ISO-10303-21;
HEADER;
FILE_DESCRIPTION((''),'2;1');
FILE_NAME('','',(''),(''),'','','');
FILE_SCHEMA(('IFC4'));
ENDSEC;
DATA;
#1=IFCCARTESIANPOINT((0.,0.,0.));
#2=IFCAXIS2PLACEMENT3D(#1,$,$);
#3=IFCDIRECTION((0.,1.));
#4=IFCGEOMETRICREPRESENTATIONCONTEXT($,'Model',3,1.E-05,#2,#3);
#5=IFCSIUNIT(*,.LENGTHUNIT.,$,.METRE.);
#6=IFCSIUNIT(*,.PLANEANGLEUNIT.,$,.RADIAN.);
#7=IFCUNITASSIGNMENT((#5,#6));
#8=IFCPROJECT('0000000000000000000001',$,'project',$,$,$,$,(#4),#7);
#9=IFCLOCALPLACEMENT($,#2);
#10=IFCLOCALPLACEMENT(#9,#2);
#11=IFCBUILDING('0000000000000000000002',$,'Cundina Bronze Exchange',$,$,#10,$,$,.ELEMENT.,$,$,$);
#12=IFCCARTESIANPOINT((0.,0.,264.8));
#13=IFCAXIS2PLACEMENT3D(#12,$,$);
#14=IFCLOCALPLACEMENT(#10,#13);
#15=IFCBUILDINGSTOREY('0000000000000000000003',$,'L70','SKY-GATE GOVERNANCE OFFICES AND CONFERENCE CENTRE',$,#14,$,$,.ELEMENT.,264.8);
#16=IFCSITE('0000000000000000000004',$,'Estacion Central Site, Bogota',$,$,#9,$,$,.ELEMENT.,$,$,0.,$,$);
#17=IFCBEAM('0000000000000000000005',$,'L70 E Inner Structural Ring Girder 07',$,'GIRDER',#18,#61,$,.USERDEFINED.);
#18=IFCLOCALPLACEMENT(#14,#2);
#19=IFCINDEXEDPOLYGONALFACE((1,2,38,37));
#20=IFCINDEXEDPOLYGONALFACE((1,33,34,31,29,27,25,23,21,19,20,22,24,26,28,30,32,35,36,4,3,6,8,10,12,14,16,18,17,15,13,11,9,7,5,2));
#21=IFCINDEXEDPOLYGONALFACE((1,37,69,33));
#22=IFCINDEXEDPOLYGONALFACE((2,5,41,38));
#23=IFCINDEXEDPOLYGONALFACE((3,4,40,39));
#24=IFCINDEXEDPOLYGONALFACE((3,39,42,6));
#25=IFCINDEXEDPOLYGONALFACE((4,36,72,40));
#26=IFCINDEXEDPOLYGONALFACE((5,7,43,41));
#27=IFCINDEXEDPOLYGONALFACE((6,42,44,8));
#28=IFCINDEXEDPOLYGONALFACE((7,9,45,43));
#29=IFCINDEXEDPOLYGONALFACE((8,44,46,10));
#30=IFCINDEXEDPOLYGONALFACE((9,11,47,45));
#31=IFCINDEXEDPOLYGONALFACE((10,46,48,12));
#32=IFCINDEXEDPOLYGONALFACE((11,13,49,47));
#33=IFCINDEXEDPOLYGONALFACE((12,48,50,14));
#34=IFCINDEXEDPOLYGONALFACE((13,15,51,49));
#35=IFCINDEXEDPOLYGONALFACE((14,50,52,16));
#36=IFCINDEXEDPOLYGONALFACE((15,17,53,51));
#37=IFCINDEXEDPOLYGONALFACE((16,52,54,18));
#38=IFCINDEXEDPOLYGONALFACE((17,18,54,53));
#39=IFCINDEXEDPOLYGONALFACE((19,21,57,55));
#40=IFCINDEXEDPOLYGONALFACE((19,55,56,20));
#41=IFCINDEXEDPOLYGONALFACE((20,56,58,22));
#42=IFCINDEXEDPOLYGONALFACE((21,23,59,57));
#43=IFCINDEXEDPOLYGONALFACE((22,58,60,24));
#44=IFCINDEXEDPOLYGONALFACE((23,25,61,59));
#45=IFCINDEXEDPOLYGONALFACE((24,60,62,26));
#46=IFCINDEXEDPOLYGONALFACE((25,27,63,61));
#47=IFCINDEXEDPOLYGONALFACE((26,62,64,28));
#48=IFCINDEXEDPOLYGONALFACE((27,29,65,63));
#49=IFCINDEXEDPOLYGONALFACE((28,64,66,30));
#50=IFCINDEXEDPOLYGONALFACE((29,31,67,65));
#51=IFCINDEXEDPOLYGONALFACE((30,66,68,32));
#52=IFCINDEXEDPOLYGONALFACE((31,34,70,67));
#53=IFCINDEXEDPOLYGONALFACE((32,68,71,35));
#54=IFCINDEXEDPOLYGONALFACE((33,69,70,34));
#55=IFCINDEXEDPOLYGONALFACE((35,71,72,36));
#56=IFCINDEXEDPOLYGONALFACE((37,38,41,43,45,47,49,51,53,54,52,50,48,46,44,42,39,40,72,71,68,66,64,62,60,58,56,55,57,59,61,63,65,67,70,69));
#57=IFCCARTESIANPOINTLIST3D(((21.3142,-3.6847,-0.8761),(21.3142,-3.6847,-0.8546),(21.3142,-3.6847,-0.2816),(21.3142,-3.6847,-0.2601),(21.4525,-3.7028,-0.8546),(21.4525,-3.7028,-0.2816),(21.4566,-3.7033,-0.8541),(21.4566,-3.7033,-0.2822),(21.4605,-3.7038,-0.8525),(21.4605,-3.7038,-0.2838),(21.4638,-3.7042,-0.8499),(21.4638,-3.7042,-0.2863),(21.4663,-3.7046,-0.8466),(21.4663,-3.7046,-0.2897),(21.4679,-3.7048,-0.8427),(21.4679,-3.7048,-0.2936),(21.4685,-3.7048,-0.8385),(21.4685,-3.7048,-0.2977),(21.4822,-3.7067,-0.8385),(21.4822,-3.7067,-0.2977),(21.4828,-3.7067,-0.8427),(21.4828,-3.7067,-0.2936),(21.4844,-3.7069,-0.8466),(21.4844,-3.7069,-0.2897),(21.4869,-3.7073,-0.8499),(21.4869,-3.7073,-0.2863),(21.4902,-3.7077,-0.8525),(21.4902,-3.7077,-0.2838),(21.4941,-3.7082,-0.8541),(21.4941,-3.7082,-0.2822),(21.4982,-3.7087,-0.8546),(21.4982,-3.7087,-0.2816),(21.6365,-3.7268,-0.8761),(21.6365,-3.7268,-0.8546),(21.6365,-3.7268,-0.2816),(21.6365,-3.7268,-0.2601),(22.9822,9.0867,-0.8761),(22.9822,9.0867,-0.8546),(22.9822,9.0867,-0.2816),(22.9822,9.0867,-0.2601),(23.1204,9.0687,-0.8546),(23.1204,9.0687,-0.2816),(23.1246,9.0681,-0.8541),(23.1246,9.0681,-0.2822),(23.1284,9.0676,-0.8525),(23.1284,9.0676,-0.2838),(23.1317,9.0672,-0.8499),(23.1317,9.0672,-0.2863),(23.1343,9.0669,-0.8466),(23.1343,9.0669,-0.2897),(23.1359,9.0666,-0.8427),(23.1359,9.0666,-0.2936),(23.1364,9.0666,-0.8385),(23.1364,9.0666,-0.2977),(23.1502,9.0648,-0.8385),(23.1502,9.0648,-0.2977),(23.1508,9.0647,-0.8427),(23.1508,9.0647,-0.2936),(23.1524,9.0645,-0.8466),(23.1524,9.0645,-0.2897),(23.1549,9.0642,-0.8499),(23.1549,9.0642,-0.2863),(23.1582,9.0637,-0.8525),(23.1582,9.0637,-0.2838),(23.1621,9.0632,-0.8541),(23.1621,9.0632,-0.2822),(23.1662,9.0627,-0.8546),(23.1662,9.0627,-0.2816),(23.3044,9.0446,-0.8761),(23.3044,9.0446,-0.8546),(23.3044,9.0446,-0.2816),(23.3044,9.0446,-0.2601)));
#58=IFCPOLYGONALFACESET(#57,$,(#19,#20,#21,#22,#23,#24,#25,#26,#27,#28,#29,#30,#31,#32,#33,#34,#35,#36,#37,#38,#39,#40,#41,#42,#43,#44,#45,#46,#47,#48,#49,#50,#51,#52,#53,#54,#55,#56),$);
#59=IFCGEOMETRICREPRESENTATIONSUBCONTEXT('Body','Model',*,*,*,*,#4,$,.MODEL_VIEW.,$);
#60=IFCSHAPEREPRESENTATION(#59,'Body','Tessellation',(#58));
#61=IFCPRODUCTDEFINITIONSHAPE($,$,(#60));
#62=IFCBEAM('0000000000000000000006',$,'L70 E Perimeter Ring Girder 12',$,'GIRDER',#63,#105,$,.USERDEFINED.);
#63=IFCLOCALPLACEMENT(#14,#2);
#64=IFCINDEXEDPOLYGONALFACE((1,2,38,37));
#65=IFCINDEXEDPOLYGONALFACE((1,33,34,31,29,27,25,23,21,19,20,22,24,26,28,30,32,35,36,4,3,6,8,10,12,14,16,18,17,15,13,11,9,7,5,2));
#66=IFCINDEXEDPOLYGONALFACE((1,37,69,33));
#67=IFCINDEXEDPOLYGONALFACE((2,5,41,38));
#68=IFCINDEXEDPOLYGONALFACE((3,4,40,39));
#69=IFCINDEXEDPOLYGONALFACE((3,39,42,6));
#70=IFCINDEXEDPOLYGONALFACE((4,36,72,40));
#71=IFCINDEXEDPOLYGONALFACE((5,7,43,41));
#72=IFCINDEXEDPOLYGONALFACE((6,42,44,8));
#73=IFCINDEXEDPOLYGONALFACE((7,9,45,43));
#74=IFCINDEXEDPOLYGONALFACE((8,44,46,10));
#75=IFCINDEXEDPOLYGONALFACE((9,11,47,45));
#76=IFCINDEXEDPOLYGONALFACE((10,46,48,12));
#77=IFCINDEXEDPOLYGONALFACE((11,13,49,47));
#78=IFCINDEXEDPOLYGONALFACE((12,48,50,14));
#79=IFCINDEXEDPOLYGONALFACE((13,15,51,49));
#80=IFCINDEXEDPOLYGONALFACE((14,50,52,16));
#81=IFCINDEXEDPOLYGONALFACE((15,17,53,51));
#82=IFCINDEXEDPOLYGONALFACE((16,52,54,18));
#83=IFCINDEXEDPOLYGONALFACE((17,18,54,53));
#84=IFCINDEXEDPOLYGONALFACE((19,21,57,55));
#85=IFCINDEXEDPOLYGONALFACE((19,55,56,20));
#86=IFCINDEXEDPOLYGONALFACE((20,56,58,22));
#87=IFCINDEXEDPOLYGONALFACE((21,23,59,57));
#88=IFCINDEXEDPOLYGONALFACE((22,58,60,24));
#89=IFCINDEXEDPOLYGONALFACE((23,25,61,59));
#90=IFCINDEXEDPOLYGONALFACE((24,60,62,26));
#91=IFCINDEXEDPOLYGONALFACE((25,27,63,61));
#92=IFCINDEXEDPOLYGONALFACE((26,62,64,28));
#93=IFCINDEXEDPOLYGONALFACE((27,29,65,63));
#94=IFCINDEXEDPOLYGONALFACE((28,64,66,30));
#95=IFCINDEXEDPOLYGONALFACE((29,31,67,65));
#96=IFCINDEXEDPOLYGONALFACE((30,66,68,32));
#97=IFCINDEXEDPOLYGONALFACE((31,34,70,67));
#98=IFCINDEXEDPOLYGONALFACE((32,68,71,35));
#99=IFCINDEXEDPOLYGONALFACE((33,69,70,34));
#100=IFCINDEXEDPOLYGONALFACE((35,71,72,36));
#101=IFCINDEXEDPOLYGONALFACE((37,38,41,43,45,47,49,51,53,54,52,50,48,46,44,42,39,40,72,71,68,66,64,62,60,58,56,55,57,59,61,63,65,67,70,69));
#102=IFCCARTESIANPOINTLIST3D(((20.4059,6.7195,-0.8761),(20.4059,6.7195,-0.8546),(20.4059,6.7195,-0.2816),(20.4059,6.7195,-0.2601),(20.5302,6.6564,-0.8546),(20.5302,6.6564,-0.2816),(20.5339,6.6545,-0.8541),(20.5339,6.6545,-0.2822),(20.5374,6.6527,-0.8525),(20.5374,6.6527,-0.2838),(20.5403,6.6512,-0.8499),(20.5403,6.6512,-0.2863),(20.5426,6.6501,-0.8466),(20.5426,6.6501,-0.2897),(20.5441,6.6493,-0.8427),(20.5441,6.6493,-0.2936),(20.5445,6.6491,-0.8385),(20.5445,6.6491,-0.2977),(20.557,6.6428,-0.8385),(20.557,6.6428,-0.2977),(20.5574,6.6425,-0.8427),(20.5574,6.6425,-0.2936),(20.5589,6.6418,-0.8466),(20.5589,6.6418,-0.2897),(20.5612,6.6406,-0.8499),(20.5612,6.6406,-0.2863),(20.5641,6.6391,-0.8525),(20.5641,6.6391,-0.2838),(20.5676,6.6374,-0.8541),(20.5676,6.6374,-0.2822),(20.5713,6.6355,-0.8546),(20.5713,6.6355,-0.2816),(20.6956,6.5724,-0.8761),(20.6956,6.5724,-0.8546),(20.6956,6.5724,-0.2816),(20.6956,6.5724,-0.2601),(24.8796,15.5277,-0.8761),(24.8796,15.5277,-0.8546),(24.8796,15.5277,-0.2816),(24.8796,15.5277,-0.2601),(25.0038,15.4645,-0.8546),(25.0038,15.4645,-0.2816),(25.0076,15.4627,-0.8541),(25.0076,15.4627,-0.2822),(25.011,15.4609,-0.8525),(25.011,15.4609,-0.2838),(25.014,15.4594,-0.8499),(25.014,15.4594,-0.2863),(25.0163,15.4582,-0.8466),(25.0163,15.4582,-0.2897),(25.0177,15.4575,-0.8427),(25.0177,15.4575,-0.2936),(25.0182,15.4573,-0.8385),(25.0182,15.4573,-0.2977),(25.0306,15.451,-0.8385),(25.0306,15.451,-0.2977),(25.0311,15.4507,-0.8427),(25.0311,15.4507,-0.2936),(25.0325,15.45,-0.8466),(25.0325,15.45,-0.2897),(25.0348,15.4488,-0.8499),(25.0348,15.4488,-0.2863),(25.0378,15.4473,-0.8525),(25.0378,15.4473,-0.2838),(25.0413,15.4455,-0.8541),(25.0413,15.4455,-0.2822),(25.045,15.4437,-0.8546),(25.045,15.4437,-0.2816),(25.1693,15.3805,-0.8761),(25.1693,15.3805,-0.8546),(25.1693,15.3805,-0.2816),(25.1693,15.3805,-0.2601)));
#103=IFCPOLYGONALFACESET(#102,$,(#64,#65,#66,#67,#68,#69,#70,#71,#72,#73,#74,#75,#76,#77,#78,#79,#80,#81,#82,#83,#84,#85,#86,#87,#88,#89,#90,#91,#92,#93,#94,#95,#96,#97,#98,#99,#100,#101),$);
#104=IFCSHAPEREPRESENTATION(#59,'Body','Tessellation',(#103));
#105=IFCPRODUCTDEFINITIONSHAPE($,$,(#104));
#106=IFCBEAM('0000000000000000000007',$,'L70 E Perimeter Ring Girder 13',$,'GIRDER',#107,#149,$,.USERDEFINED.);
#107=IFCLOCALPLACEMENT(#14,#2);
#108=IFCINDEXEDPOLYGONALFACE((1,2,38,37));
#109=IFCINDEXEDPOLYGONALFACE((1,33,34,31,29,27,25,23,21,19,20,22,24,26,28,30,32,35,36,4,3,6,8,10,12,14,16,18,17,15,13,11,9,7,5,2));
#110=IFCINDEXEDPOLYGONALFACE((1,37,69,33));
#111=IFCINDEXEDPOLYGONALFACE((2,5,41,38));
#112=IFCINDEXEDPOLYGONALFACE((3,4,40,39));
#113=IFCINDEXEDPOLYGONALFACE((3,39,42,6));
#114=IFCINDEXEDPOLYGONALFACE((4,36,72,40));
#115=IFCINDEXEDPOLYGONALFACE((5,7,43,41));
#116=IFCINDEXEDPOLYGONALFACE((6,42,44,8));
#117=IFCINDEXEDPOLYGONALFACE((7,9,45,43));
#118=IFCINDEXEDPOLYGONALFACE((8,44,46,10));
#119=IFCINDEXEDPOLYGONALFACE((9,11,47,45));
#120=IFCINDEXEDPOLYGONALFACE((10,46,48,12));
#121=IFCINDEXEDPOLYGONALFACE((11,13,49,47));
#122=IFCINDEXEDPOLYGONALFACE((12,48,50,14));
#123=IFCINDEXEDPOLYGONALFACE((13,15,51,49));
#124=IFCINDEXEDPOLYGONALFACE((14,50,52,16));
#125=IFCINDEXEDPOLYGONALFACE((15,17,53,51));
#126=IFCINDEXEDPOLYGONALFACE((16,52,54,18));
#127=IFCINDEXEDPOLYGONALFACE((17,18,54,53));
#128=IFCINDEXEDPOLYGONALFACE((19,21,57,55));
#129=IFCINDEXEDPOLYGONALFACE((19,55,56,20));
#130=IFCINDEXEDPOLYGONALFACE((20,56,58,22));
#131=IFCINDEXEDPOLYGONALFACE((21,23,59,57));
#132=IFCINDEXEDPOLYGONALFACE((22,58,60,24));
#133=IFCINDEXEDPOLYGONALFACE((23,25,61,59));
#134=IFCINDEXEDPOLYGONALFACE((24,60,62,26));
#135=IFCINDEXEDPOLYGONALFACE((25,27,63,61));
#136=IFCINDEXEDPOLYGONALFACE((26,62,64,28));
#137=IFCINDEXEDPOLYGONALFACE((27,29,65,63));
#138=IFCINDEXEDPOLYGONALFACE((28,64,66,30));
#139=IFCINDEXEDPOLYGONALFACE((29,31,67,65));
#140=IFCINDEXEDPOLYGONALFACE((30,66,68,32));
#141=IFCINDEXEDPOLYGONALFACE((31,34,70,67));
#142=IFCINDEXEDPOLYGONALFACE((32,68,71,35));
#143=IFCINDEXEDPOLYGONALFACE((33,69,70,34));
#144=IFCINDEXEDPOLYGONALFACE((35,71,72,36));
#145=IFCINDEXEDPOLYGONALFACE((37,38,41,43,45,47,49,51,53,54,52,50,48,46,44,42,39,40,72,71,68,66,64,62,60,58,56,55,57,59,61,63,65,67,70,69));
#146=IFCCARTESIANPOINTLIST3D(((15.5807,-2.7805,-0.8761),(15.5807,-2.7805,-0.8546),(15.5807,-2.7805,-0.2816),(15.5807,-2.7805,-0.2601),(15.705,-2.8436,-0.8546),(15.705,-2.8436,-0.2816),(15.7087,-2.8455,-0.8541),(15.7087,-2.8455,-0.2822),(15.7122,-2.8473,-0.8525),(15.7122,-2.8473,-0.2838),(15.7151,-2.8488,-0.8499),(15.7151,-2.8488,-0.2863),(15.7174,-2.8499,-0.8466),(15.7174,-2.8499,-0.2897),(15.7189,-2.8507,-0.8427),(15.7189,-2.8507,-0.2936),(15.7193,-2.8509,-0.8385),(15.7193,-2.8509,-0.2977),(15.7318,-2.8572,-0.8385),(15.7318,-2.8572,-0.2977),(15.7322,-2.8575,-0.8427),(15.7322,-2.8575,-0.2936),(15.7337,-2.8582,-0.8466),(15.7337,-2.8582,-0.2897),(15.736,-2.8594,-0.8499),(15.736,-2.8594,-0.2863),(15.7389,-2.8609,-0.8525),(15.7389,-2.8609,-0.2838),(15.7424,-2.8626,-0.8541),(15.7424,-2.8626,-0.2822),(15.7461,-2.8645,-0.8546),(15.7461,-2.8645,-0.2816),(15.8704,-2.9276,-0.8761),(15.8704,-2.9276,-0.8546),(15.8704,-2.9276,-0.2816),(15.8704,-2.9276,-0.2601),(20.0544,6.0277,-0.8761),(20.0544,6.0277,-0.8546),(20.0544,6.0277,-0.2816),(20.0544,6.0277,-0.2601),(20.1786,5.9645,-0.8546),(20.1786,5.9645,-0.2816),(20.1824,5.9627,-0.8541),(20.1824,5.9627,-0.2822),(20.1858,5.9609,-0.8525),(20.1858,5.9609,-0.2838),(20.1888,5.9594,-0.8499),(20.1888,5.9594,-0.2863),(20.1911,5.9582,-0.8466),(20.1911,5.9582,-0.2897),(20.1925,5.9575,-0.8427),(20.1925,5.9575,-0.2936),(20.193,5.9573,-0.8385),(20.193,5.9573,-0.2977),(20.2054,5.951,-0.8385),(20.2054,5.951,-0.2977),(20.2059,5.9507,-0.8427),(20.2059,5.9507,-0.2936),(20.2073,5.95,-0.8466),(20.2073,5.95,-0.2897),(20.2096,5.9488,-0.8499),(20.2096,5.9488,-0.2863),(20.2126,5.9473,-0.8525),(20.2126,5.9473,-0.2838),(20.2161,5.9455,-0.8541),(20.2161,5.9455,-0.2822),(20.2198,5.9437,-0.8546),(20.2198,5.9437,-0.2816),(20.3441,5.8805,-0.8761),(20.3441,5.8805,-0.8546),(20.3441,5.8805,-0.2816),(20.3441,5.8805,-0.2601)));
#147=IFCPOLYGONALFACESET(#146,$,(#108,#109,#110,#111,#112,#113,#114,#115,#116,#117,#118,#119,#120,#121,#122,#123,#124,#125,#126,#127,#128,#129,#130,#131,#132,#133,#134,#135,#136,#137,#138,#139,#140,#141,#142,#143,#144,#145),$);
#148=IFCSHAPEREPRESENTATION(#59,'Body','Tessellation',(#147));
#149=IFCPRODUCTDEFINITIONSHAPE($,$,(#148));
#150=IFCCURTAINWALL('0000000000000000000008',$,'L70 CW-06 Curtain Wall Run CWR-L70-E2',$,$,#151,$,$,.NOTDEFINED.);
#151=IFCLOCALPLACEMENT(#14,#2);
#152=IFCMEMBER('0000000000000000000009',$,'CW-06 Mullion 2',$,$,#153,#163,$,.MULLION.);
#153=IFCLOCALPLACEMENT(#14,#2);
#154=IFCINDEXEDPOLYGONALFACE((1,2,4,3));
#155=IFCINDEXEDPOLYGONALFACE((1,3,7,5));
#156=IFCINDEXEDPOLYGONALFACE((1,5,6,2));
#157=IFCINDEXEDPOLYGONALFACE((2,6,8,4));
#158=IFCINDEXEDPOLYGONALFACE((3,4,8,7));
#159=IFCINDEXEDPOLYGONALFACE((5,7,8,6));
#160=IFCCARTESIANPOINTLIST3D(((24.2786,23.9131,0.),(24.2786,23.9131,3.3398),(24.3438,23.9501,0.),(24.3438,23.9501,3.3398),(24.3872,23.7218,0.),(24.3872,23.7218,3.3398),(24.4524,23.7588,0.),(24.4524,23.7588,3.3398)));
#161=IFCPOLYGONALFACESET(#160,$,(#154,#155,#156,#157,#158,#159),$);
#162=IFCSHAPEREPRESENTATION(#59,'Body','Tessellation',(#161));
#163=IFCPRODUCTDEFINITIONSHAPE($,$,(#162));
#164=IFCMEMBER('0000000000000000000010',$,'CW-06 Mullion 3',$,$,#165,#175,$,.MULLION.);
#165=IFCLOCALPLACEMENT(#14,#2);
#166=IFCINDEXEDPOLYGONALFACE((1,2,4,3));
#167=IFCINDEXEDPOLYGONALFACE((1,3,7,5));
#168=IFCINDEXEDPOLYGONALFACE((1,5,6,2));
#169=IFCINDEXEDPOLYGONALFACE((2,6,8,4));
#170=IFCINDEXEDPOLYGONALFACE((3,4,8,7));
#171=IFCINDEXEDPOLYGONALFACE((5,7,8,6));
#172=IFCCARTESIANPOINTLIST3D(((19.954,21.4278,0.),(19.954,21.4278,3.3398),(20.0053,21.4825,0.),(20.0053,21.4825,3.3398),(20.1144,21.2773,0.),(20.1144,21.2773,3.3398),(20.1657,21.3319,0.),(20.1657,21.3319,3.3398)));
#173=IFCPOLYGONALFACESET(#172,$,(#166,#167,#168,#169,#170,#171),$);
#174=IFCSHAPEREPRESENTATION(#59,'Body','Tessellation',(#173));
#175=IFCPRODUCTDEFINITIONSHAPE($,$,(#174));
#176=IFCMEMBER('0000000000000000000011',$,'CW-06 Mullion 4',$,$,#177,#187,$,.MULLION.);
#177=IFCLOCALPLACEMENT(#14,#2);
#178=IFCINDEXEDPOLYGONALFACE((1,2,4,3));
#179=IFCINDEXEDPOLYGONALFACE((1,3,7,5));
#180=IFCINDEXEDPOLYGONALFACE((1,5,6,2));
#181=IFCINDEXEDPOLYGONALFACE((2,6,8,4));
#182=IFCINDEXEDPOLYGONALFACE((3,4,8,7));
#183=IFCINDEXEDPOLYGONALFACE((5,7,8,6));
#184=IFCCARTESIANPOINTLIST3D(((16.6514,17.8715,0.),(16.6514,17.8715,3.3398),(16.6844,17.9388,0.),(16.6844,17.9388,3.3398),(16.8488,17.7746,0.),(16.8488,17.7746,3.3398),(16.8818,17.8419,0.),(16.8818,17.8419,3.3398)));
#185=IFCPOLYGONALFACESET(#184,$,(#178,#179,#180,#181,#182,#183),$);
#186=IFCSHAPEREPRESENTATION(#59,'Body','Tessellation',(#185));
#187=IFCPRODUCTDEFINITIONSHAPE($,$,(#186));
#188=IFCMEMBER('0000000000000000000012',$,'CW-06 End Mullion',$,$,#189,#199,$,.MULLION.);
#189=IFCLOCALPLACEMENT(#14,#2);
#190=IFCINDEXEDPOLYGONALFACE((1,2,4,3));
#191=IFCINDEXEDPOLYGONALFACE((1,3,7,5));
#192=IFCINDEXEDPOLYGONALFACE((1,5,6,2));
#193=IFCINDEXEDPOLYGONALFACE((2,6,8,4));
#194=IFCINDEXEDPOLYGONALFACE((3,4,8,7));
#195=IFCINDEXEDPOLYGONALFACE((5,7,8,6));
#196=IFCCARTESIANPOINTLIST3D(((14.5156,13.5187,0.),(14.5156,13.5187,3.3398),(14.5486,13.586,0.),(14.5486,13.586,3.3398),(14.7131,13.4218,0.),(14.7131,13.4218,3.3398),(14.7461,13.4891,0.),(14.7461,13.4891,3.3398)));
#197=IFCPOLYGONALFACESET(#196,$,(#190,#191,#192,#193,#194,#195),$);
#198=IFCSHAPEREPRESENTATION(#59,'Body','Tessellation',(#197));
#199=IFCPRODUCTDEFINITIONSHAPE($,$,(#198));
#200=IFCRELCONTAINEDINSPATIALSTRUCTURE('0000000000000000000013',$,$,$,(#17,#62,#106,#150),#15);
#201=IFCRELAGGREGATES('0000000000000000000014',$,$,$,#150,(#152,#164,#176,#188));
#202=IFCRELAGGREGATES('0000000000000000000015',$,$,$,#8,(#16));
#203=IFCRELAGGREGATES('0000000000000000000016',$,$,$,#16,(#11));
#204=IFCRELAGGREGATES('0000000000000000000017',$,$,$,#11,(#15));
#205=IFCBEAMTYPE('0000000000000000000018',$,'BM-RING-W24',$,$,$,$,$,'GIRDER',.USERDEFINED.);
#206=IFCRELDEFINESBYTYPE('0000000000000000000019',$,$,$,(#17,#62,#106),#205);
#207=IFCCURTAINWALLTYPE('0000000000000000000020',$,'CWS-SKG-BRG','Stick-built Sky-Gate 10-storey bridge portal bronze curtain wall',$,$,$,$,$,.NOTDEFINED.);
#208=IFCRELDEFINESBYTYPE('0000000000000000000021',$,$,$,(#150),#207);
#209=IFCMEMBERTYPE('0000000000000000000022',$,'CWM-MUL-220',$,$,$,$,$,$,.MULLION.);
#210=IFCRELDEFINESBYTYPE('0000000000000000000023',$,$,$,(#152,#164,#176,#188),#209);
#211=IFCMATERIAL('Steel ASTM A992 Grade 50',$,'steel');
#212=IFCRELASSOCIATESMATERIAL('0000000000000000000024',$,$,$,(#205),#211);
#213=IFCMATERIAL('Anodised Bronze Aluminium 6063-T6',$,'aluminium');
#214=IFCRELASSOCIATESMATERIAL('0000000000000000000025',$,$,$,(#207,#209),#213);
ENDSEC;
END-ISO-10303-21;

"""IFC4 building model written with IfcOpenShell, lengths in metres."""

from ifc_helpers import new_model, si_unit, direction, frame, origin, origin_2d, place, context, subcontext, project, spatial, rectangle, i_section, extrude, material, material_profile, profile_set, type_object, element, aggregate, save


model = new_model("IFC4")

# Units and contexts
model_context = context("Model", 3, precision=1e-05, world=origin(), true_north=direction((0.0, 1.0)))
body_context = subcontext(model_context, "Body", "Model", "MODEL_VIEW")
ifc_project = project(units=[si_unit("LENGTHUNIT", "METRE"), si_unit("PLANEANGLEUNIT", "RADIAN")], contexts=[model_context])

# Site, building, storey
site_placement = place(None, origin())
site = spatial("IfcSite", under=ifc_project, at=site_placement, Name="Estacion Central Site, Bogota", CompositionType="ELEMENT", RefElevation=0.0)
building_placement = place(site_placement, origin())
building = spatial("IfcBuilding", under=site, at=building_placement, Name="Cundina Bronze Exchange", CompositionType="ELEMENT")
storey_placement = place(building_placement, frame((0.0, 0.0, 264.8)))
storey = spatial("IfcBuildingStorey", under=building, at=storey_placement, Name="L70", Description="SKY-GATE GOVERNANCE OFFICES AND CONFERENCE CENTRE", CompositionType="ELEMENT", Elevation=264.8)

# Beams
ifc_material_1 = material(Name="Steel ASTM A992 Grade 50", Category="steel")
ifc_material_profile_1 = material_profile(ifc_material_1, i_section(OverallWidth=0.325, OverallDepth=0.616, WebThickness=0.0139, FlangeThickness=0.0215, FilletRadius=0.0161, at=origin_2d()), Name="W24X117", Category="steel")
ifc_profile_set_1 = profile_set([ifc_material_profile_1], Name="Steel ASTM A992 Grade 50")
beam_type_1 = type_object("IfcBeamType", Name="BM-RING-W24", ElementType="GIRDER", PredefinedType="USERDEFINED", material=ifc_profile_set_1)
beam_placement = place(storey_placement, frame((23.1433, 9.0657, -0.5681), z_axis=(-0.129501, -0.991579, 0.0), x_axis=(0.991579, -0.129501, 0.0)))
element("IfcBeam", 1, at=beam_placement, inside=storey, type_object=beam_type_1, Name="L70 E Inner Structural Ring Girder 07", ObjectType="GIRDER", PredefinedType="USERDEFINED", context=body_context, shape_type="SweptSolid", body=[
    extrude(i_section(OverallWidth=0.325, OverallDepth=0.616, WebThickness=0.0139, FlangeThickness=0.0215, FilletRadius=0.0161, at=origin_2d()), origin(), (0.0, 0.0, 1.0), 12.8799),
])
for number, where, z_axis, x_axis, name in (
    (2, (25.0244, 15.4541, -0.5681), (-0.452839, -0.891592, 0.0), (0.891592, -0.452839, 0.0), "L70 E Perimeter Ring Girder 12"),
    (3, (20.1992, 5.9541, -0.5681), (-0.452839, -0.891592, 0.0), (0.891592, -0.452839, 0.0), "L70 E Perimeter Ring Girder 13"),
):
    element("IfcBeam", number, at=place(storey_placement, frame(where, z_axis=z_axis, x_axis=x_axis)), inside=storey, type_object=beam_type_1, Name=name, ObjectType="GIRDER", PredefinedType="USERDEFINED", context=body_context, shape_type="SweptSolid", body=[
        extrude(i_section(OverallWidth=0.325, OverallDepth=0.616, WebThickness=0.0139, FlangeThickness=0.0215, FilletRadius=0.0161, at=origin_2d()), origin(), (0.0, 0.0, 1.0), 9.8792),
    ])

# Curtain wall, members
ifc_material_2 = material(Name="Anodised Bronze Aluminium 6063-T6", Category="aluminium")
curtain_wall_type = type_object("IfcCurtainWallType", Name="CWS-SKG-BRG", Description="Stick-built Sky-Gate 10-storey bridge portal bronze curtain wall", PredefinedType="NOTDEFINED", material=ifc_material_2)
curtain_wall_1_placement = place(storey_placement, origin())
curtain_wall_1 = element("IfcCurtainWall", 4, at=curtain_wall_1_placement, inside=storey, type_object=curtain_wall_type, Name="L70 CW-06 Curtain Wall Run CWR-L70-E2", PredefinedType="NOTDEFINED")
ifc_material_profile_2 = material_profile(ifc_material_2, rectangle(XDim=0.075, YDim=0.22, at=origin_2d()), Name="AL75X220", Category="aluminium")
ifc_profile_set_2 = profile_set([ifc_material_profile_2], Name="Anodised Bronze Aluminium 6063-T6")
member_type_1 = type_object("IfcMemberType", Name="CWM-MUL-220", PredefinedType="MULLION", material=ifc_profile_set_2)
member_1_placement = place(storey_placement, frame((24.3655, 23.8359, 0.0), z_axis=(0.0, 0.0, 1.0), x_axis=(-0.869581, -0.49379, 0.0)))
member_1 = element("IfcMember", 5, at=member_1_placement, type_object=member_type_1, Name="CW-06 Mullion 2", PredefinedType="MULLION", context=body_context, shape_type="SweptSolid", body=[
    extrude(rectangle(XDim=0.075, YDim=0.22, at=origin_2d()), origin(), (0.0, 0.0, 1.0), 3.3398),
])
member_2_placement = place(storey_placement, frame((20.0598, 21.3799, 0.0), z_axis=(0.0, 0.0, 1.0), x_axis=(-0.684293, -0.729208, 0.0)))
member_2 = element("IfcMember", 6, at=member_2_placement, type_object=member_type_1, Name="CW-06 Mullion 3", PredefinedType="MULLION", context=body_context, shape_type="SweptSolid", body=[
    extrude(rectangle(XDim=0.075, YDim=0.22, at=origin_2d()), origin(), (0.0, 0.0, 1.0), 3.3398),
])
member_3_placement = place(storey_placement, frame((16.7666, 17.8567, 0.0), z_axis=(0.0, 0.0, 1.0), x_axis=(-0.440566, -0.89772, 0.0)))
member_3 = element("IfcMember", 7, at=member_3_placement, type_object=member_type_1, Name="CW-06 Mullion 4", PredefinedType="MULLION", context=body_context, shape_type="SweptSolid", body=[
    extrude(rectangle(XDim=0.075, YDim=0.22, at=origin_2d()), origin(), (0.0, 0.0, 1.0), 3.3398),
])
member_4_placement = place(storey_placement, frame((14.6309, 13.5039, 0.0), z_axis=(0.0, 0.0, 1.0), x_axis=(-0.440566, -0.89772, 0.0)))
member_4 = element("IfcMember", 8, at=member_4_placement, type_object=member_type_1, Name="CW-06 End Mullion", PredefinedType="MULLION", context=body_context, shape_type="SweptSolid", body=[
    extrude(rectangle(XDim=0.075, YDim=0.22, at=origin_2d()), origin(), (0.0, 0.0, 1.0), 3.3398),
])

aggregate(curtain_wall_1, [member_1, member_2, member_3, member_4])

save(model, "model.ifc")
